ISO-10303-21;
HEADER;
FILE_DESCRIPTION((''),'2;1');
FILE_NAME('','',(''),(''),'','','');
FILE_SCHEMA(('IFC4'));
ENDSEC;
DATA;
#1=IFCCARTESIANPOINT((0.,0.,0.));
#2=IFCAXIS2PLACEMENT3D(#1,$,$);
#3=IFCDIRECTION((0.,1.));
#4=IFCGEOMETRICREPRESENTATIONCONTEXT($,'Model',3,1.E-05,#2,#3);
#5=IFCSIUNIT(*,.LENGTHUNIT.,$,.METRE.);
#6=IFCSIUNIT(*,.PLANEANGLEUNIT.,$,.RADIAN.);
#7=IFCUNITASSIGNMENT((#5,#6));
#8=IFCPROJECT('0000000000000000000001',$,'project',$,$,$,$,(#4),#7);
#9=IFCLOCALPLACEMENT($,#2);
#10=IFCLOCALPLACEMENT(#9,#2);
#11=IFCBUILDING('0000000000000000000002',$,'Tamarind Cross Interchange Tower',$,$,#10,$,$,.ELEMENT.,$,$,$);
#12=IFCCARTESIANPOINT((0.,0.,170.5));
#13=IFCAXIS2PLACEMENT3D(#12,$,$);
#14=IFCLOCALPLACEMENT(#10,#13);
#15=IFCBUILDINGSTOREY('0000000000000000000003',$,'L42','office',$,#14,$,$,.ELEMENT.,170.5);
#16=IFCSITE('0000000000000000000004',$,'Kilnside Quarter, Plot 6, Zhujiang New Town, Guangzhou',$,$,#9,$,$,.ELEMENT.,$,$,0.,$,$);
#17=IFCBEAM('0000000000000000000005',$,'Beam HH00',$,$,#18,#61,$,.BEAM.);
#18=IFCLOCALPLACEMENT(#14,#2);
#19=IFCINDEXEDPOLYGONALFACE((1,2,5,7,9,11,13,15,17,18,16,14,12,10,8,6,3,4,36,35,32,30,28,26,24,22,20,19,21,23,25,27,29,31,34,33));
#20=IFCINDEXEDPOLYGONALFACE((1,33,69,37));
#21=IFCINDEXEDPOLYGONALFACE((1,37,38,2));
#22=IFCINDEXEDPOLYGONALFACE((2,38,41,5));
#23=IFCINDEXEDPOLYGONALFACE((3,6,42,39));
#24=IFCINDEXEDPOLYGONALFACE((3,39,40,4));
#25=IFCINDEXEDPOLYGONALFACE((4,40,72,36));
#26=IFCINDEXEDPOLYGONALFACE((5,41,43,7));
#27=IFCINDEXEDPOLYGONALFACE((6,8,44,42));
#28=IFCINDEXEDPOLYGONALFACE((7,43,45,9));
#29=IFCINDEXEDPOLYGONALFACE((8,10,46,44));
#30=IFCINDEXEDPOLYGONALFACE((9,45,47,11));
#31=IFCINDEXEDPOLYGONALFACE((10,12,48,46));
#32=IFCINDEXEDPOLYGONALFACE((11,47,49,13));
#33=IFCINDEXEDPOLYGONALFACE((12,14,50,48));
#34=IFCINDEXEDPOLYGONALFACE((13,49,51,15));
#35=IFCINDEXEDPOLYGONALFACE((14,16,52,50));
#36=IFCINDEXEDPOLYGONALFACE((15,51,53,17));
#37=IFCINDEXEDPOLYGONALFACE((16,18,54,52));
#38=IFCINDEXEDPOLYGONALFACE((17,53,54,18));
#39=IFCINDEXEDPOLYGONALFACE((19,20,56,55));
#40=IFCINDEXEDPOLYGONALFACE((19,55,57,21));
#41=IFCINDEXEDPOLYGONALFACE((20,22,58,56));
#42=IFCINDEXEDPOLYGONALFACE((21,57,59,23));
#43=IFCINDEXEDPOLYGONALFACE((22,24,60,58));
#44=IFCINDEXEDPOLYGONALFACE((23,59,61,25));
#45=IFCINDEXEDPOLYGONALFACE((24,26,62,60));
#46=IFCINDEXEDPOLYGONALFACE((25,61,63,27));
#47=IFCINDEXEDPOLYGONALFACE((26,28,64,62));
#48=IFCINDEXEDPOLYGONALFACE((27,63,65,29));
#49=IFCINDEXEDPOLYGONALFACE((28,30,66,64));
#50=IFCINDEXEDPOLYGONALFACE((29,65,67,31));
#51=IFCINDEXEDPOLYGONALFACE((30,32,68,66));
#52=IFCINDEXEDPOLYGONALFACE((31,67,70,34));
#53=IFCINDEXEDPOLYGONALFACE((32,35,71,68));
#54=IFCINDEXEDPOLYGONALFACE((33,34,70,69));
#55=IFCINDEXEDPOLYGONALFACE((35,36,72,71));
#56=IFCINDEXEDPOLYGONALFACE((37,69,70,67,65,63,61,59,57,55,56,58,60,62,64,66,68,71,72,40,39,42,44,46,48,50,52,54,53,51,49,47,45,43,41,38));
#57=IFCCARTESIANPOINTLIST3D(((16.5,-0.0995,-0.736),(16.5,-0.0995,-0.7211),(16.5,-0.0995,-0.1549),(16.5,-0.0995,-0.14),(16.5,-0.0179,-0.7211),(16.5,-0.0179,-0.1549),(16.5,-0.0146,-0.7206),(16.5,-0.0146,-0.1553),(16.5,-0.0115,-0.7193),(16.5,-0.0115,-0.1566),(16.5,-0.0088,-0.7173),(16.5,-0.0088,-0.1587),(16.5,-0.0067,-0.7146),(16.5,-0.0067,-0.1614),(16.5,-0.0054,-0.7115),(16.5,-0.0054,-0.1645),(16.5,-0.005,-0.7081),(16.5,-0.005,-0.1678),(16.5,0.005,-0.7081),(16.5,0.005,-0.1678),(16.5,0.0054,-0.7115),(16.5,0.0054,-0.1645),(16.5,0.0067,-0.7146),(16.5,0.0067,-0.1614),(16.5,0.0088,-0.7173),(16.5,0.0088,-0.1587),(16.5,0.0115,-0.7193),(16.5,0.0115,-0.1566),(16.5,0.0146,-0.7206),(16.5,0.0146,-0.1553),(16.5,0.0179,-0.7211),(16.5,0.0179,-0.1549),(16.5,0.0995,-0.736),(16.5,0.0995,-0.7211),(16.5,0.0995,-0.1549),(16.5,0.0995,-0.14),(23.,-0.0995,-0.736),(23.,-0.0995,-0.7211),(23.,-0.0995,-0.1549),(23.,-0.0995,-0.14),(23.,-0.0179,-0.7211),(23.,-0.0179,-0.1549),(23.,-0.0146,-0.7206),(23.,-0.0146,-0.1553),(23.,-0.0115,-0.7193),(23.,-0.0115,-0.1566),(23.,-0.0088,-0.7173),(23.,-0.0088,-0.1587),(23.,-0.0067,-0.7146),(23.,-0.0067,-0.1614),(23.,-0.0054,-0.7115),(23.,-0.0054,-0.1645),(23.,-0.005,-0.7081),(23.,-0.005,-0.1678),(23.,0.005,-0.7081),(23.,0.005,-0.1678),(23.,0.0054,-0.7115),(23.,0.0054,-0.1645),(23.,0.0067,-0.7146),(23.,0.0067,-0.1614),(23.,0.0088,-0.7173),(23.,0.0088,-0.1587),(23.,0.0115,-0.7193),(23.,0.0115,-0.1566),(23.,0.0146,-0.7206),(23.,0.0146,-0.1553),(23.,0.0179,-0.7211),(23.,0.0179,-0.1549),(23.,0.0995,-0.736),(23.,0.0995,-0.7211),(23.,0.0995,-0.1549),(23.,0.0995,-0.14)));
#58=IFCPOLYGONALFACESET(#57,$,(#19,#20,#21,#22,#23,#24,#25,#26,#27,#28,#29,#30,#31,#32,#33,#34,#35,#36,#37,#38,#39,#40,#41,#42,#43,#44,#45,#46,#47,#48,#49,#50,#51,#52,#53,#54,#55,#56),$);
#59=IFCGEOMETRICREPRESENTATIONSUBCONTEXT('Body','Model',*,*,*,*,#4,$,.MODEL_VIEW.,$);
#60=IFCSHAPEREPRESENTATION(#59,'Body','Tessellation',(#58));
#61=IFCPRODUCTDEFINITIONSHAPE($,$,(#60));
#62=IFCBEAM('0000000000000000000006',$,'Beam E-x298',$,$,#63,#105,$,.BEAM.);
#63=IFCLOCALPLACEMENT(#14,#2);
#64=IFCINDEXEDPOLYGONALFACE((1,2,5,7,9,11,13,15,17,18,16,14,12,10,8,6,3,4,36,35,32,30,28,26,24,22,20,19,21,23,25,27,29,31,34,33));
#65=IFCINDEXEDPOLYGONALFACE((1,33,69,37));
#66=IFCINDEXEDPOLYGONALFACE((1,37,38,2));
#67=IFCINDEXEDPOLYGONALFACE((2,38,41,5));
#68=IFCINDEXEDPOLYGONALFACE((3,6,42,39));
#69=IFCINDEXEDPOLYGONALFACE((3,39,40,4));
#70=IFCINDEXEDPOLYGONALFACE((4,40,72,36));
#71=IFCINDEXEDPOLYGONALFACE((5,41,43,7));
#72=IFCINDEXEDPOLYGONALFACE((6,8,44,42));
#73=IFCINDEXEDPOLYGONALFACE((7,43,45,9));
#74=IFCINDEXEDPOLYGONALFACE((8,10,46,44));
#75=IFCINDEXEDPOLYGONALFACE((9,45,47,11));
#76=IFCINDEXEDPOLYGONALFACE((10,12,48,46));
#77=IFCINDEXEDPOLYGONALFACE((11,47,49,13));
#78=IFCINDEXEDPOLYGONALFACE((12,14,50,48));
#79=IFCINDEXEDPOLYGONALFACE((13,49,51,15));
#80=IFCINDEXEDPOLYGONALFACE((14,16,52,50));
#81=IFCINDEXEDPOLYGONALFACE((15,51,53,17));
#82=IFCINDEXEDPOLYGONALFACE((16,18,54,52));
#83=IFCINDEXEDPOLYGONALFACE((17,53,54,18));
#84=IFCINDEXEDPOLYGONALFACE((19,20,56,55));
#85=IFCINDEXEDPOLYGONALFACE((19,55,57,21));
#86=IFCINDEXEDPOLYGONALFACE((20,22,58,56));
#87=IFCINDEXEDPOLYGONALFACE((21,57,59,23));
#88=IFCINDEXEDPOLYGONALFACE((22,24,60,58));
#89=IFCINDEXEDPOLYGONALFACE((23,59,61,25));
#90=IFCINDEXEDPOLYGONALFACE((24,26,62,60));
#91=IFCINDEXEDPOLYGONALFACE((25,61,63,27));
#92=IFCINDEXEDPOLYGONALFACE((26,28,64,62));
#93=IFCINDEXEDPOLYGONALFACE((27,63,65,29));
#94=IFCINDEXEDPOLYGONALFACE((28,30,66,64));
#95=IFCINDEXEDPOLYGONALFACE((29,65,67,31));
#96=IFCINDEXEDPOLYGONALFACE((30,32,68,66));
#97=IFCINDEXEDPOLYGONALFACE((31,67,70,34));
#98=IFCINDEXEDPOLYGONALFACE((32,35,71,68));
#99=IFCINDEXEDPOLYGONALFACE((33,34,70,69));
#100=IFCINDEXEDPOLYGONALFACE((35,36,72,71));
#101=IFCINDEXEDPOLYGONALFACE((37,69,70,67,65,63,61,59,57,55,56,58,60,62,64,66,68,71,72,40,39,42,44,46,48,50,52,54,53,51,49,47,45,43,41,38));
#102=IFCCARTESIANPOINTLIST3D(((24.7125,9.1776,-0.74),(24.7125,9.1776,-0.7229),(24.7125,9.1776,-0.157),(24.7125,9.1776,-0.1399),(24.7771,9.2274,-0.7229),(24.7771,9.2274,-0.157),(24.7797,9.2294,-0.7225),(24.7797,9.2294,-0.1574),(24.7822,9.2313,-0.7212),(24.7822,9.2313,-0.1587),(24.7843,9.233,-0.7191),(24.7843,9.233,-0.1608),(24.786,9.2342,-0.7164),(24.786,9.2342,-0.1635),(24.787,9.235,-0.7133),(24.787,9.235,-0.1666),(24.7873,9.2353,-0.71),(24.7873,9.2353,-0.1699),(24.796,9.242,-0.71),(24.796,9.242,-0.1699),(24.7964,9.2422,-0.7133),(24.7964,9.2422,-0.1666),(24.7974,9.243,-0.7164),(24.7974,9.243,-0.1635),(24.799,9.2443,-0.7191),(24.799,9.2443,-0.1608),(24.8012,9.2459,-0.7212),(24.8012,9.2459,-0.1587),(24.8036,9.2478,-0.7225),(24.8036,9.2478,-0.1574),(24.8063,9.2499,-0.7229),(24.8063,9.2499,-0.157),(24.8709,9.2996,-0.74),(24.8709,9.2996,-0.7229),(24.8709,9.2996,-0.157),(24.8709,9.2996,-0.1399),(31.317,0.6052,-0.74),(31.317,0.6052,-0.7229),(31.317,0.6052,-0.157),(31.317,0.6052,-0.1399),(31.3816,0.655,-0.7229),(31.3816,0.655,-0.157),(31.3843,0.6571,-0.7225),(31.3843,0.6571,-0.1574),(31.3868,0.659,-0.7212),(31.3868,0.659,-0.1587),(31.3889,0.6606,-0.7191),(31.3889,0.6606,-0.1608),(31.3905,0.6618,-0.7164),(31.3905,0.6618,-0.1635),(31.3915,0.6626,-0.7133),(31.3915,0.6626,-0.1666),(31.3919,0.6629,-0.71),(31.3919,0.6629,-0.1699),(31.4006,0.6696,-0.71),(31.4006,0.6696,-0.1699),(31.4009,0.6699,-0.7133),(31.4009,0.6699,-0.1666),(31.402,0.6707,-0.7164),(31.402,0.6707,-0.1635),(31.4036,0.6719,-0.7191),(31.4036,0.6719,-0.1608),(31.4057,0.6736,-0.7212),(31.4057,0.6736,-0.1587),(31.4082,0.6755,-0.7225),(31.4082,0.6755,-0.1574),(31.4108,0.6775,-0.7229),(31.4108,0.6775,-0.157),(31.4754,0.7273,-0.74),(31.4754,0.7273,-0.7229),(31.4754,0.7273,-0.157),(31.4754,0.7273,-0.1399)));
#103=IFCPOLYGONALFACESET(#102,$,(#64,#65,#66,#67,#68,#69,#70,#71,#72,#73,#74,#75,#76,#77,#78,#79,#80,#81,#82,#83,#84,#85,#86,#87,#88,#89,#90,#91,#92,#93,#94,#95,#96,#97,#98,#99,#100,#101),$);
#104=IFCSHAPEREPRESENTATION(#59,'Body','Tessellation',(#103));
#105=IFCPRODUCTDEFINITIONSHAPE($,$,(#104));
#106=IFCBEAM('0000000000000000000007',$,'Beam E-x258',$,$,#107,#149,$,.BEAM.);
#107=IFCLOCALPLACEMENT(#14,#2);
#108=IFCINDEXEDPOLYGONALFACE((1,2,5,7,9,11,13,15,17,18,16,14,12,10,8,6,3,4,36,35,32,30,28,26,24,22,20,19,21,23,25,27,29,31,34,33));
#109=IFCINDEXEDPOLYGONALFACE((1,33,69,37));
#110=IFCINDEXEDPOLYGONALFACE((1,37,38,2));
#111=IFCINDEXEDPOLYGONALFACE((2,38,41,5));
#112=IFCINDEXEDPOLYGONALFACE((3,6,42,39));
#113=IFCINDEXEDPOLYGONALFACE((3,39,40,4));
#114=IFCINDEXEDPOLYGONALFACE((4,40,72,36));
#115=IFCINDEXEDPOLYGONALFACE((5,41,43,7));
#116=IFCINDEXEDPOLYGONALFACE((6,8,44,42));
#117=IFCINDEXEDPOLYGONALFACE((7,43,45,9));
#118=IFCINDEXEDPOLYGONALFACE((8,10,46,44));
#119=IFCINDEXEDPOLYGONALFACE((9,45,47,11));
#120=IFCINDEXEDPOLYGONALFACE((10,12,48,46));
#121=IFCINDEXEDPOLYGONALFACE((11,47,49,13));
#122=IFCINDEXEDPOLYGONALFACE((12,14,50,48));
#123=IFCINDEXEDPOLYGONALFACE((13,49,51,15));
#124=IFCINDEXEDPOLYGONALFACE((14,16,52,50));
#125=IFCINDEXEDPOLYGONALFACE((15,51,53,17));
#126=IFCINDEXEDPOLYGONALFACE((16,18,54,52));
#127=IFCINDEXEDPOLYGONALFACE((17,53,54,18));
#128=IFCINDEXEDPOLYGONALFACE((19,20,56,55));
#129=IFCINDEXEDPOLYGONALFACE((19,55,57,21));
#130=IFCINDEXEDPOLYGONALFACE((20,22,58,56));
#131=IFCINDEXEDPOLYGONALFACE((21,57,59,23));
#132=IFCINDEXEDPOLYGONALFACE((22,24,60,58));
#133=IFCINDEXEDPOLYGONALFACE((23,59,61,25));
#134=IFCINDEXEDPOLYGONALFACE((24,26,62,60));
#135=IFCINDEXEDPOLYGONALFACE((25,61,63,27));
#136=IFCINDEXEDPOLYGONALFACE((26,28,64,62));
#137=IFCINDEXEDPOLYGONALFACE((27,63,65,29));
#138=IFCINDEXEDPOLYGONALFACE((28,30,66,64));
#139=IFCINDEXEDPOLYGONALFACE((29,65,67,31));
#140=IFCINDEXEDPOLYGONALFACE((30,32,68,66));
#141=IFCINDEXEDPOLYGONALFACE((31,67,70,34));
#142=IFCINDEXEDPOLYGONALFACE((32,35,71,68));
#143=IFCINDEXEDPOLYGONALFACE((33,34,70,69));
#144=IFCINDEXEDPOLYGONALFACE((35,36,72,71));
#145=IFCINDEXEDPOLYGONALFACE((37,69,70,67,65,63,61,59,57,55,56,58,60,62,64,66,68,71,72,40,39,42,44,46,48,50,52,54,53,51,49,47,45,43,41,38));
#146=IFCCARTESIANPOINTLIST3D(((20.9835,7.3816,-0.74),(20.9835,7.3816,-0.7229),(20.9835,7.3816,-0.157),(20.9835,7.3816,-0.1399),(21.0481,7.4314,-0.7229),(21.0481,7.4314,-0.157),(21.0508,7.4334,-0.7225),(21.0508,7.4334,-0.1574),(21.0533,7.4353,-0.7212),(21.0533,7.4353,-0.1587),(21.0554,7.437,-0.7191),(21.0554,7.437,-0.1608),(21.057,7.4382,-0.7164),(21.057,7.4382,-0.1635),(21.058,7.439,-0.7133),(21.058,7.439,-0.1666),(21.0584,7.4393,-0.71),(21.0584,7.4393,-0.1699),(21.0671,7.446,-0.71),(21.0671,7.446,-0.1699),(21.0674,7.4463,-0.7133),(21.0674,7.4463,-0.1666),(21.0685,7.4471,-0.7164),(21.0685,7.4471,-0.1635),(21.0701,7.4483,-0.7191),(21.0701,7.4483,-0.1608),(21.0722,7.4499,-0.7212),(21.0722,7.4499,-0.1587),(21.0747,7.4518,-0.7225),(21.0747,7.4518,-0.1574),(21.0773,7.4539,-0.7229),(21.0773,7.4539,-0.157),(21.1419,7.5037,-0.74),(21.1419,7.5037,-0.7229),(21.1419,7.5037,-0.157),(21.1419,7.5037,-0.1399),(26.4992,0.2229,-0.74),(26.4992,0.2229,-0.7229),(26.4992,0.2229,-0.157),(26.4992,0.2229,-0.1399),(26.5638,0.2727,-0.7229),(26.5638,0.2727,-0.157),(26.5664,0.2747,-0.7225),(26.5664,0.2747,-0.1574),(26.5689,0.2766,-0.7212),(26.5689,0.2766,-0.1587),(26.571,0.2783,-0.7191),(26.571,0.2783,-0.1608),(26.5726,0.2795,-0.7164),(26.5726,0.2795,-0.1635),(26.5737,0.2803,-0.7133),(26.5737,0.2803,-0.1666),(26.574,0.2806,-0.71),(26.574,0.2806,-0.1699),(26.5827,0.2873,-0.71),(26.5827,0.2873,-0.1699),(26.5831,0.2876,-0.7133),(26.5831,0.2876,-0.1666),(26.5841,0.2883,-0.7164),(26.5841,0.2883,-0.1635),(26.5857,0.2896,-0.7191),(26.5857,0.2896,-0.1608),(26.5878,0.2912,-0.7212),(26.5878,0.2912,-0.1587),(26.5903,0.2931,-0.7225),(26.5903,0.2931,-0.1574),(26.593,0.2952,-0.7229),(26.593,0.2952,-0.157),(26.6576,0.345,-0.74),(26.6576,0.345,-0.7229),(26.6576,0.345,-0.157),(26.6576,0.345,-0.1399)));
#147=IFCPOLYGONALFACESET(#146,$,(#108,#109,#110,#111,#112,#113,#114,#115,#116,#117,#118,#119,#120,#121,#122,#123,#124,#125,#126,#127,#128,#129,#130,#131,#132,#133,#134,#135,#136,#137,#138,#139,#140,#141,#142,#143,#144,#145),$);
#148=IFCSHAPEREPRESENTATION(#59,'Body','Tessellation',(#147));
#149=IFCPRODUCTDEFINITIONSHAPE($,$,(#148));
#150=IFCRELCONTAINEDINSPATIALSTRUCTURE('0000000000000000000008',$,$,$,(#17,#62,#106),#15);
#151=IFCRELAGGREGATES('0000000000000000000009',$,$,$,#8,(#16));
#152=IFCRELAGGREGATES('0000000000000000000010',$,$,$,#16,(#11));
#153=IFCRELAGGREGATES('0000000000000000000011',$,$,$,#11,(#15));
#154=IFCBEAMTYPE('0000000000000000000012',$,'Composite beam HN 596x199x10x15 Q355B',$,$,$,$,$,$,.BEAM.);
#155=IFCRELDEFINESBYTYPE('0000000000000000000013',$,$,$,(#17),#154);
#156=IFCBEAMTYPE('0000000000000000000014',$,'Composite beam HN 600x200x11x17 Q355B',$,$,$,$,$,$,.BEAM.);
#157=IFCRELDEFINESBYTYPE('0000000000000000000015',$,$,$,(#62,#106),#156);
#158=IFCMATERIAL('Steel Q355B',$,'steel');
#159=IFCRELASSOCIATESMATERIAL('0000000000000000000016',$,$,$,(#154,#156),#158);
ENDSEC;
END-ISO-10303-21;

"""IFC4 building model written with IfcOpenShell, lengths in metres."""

from ifc_helpers import new_model, si_unit, direction, frame, origin, origin_2d, place, context, subcontext, project, spatial, i_section, extrude, material, material_profile, profile_set, type_object, element, save


model = new_model("IFC4")

# Units and contexts
model_context = context("Model", 3, precision=1e-05, world=origin(), true_north=direction((0.0, 1.0)))
body_context = subcontext(model_context, "Body", "Model", "MODEL_VIEW")
ifc_project = project(units=[si_unit("LENGTHUNIT", "METRE"), si_unit("PLANEANGLEUNIT", "RADIAN")], contexts=[model_context])

# Site, building, storey
site_placement = place(None, origin())
site = spatial("IfcSite", under=ifc_project, at=site_placement, Name="Kilnside Quarter, Plot 6, Zhujiang New Town, Guangzhou", CompositionType="ELEMENT", RefElevation=0.0)
building_placement = place(site_placement, origin())
building = spatial("IfcBuilding", under=site, at=building_placement, Name="Tamarind Cross Interchange Tower", CompositionType="ELEMENT")
storey_placement = place(building_placement, frame((0.0, 0.0, 170.5)))
storey = spatial("IfcBuildingStorey", under=building, at=storey_placement, Name="L42", Description="office", CompositionType="ELEMENT", Elevation=170.5)

# Beams
ifc_material_1 = material(Name="Steel Q355B", Category="steel")
ifc_material_profile_1 = material_profile(ifc_material_1, i_section(OverallWidth=0.199, OverallDepth=0.5959, WebThickness=0.01, FlangeThickness=0.0149, FilletRadius=0.0129, at=origin_2d()), Name="HN 596x199x10x15")
ifc_profile_set_1 = profile_set([ifc_material_profile_1], Name="Steel Q355B")
beam_type_1 = type_object("IfcBeamType", Name="Composite beam HN 596x199x10x15 Q355B", PredefinedType="BEAM", material=ifc_profile_set_1)
beam_1_placement = place(storey_placement, frame((23.0, 0.0, -0.438), z_axis=(-1.0, 0.0, 0.0), x_axis=(0.0, -1.0, 0.0)))
element("IfcBeam", 1, at=beam_1_placement, inside=storey, type_object=beam_type_1, Name="Beam HH00", PredefinedType="BEAM", context=body_context, shape_type="SweptSolid", body=[
    extrude(i_section(OverallWidth=0.199, OverallDepth=0.5959, WebThickness=0.01, FlangeThickness=0.0149, FilletRadius=0.0129, at=origin_2d()), origin(), (0.0, 0.0, 1.0), 6.5),
])
ifc_material_profile_2 = material_profile(ifc_material_1, i_section(OverallWidth=0.2, OverallDepth=0.6001, WebThickness=0.011, FlangeThickness=0.0171, FilletRadius=0.0129, at=origin_2d()), Name="HN 600x200x11x17")
ifc_profile_set_2 = profile_set([ifc_material_profile_2], Name="Steel Q355B")
beam_type_2 = type_object("IfcBeamType", Name="Composite beam HN 600x200x11x17 Q355B", PredefinedType="BEAM", material=ifc_profile_set_2)
beam_2_placement = place(storey_placement, frame((31.3962, 0.6663, -0.4399), z_axis=(-0.610317, 0.792157, 0.0), x_axis=(-0.792157, -0.610317, 0.0)))
element("IfcBeam", 2, at=beam_2_placement, inside=storey, type_object=beam_type_2, Name="Beam E-x298", PredefinedType="BEAM", context=body_context, shape_type="SweptSolid", body=[
    extrude(i_section(OverallWidth=0.2, OverallDepth=0.6001, WebThickness=0.011, FlangeThickness=0.0171, FilletRadius=0.0129, at=origin_2d()), origin(), (0.0, 0.0, 1.0), 10.8215),
])
beam_3_placement = place(storey_placement, frame((26.5784, 0.2839, -0.4399), z_axis=(-0.610332, 0.792146, 0.0), x_axis=(-0.792146, -0.610332, 0.0)))
element("IfcBeam", 3, at=beam_3_placement, inside=storey, type_object=beam_type_2, Name="Beam E-x258", PredefinedType="BEAM", context=body_context, shape_type="SweptSolid", body=[
    extrude(i_section(OverallWidth=0.2, OverallDepth=0.6001, WebThickness=0.011, FlangeThickness=0.0171, FilletRadius=0.0129, at=origin_2d()), origin(), (0.0, 0.0, 1.0), 9.0371),
])

save(model, "model.ifc")
